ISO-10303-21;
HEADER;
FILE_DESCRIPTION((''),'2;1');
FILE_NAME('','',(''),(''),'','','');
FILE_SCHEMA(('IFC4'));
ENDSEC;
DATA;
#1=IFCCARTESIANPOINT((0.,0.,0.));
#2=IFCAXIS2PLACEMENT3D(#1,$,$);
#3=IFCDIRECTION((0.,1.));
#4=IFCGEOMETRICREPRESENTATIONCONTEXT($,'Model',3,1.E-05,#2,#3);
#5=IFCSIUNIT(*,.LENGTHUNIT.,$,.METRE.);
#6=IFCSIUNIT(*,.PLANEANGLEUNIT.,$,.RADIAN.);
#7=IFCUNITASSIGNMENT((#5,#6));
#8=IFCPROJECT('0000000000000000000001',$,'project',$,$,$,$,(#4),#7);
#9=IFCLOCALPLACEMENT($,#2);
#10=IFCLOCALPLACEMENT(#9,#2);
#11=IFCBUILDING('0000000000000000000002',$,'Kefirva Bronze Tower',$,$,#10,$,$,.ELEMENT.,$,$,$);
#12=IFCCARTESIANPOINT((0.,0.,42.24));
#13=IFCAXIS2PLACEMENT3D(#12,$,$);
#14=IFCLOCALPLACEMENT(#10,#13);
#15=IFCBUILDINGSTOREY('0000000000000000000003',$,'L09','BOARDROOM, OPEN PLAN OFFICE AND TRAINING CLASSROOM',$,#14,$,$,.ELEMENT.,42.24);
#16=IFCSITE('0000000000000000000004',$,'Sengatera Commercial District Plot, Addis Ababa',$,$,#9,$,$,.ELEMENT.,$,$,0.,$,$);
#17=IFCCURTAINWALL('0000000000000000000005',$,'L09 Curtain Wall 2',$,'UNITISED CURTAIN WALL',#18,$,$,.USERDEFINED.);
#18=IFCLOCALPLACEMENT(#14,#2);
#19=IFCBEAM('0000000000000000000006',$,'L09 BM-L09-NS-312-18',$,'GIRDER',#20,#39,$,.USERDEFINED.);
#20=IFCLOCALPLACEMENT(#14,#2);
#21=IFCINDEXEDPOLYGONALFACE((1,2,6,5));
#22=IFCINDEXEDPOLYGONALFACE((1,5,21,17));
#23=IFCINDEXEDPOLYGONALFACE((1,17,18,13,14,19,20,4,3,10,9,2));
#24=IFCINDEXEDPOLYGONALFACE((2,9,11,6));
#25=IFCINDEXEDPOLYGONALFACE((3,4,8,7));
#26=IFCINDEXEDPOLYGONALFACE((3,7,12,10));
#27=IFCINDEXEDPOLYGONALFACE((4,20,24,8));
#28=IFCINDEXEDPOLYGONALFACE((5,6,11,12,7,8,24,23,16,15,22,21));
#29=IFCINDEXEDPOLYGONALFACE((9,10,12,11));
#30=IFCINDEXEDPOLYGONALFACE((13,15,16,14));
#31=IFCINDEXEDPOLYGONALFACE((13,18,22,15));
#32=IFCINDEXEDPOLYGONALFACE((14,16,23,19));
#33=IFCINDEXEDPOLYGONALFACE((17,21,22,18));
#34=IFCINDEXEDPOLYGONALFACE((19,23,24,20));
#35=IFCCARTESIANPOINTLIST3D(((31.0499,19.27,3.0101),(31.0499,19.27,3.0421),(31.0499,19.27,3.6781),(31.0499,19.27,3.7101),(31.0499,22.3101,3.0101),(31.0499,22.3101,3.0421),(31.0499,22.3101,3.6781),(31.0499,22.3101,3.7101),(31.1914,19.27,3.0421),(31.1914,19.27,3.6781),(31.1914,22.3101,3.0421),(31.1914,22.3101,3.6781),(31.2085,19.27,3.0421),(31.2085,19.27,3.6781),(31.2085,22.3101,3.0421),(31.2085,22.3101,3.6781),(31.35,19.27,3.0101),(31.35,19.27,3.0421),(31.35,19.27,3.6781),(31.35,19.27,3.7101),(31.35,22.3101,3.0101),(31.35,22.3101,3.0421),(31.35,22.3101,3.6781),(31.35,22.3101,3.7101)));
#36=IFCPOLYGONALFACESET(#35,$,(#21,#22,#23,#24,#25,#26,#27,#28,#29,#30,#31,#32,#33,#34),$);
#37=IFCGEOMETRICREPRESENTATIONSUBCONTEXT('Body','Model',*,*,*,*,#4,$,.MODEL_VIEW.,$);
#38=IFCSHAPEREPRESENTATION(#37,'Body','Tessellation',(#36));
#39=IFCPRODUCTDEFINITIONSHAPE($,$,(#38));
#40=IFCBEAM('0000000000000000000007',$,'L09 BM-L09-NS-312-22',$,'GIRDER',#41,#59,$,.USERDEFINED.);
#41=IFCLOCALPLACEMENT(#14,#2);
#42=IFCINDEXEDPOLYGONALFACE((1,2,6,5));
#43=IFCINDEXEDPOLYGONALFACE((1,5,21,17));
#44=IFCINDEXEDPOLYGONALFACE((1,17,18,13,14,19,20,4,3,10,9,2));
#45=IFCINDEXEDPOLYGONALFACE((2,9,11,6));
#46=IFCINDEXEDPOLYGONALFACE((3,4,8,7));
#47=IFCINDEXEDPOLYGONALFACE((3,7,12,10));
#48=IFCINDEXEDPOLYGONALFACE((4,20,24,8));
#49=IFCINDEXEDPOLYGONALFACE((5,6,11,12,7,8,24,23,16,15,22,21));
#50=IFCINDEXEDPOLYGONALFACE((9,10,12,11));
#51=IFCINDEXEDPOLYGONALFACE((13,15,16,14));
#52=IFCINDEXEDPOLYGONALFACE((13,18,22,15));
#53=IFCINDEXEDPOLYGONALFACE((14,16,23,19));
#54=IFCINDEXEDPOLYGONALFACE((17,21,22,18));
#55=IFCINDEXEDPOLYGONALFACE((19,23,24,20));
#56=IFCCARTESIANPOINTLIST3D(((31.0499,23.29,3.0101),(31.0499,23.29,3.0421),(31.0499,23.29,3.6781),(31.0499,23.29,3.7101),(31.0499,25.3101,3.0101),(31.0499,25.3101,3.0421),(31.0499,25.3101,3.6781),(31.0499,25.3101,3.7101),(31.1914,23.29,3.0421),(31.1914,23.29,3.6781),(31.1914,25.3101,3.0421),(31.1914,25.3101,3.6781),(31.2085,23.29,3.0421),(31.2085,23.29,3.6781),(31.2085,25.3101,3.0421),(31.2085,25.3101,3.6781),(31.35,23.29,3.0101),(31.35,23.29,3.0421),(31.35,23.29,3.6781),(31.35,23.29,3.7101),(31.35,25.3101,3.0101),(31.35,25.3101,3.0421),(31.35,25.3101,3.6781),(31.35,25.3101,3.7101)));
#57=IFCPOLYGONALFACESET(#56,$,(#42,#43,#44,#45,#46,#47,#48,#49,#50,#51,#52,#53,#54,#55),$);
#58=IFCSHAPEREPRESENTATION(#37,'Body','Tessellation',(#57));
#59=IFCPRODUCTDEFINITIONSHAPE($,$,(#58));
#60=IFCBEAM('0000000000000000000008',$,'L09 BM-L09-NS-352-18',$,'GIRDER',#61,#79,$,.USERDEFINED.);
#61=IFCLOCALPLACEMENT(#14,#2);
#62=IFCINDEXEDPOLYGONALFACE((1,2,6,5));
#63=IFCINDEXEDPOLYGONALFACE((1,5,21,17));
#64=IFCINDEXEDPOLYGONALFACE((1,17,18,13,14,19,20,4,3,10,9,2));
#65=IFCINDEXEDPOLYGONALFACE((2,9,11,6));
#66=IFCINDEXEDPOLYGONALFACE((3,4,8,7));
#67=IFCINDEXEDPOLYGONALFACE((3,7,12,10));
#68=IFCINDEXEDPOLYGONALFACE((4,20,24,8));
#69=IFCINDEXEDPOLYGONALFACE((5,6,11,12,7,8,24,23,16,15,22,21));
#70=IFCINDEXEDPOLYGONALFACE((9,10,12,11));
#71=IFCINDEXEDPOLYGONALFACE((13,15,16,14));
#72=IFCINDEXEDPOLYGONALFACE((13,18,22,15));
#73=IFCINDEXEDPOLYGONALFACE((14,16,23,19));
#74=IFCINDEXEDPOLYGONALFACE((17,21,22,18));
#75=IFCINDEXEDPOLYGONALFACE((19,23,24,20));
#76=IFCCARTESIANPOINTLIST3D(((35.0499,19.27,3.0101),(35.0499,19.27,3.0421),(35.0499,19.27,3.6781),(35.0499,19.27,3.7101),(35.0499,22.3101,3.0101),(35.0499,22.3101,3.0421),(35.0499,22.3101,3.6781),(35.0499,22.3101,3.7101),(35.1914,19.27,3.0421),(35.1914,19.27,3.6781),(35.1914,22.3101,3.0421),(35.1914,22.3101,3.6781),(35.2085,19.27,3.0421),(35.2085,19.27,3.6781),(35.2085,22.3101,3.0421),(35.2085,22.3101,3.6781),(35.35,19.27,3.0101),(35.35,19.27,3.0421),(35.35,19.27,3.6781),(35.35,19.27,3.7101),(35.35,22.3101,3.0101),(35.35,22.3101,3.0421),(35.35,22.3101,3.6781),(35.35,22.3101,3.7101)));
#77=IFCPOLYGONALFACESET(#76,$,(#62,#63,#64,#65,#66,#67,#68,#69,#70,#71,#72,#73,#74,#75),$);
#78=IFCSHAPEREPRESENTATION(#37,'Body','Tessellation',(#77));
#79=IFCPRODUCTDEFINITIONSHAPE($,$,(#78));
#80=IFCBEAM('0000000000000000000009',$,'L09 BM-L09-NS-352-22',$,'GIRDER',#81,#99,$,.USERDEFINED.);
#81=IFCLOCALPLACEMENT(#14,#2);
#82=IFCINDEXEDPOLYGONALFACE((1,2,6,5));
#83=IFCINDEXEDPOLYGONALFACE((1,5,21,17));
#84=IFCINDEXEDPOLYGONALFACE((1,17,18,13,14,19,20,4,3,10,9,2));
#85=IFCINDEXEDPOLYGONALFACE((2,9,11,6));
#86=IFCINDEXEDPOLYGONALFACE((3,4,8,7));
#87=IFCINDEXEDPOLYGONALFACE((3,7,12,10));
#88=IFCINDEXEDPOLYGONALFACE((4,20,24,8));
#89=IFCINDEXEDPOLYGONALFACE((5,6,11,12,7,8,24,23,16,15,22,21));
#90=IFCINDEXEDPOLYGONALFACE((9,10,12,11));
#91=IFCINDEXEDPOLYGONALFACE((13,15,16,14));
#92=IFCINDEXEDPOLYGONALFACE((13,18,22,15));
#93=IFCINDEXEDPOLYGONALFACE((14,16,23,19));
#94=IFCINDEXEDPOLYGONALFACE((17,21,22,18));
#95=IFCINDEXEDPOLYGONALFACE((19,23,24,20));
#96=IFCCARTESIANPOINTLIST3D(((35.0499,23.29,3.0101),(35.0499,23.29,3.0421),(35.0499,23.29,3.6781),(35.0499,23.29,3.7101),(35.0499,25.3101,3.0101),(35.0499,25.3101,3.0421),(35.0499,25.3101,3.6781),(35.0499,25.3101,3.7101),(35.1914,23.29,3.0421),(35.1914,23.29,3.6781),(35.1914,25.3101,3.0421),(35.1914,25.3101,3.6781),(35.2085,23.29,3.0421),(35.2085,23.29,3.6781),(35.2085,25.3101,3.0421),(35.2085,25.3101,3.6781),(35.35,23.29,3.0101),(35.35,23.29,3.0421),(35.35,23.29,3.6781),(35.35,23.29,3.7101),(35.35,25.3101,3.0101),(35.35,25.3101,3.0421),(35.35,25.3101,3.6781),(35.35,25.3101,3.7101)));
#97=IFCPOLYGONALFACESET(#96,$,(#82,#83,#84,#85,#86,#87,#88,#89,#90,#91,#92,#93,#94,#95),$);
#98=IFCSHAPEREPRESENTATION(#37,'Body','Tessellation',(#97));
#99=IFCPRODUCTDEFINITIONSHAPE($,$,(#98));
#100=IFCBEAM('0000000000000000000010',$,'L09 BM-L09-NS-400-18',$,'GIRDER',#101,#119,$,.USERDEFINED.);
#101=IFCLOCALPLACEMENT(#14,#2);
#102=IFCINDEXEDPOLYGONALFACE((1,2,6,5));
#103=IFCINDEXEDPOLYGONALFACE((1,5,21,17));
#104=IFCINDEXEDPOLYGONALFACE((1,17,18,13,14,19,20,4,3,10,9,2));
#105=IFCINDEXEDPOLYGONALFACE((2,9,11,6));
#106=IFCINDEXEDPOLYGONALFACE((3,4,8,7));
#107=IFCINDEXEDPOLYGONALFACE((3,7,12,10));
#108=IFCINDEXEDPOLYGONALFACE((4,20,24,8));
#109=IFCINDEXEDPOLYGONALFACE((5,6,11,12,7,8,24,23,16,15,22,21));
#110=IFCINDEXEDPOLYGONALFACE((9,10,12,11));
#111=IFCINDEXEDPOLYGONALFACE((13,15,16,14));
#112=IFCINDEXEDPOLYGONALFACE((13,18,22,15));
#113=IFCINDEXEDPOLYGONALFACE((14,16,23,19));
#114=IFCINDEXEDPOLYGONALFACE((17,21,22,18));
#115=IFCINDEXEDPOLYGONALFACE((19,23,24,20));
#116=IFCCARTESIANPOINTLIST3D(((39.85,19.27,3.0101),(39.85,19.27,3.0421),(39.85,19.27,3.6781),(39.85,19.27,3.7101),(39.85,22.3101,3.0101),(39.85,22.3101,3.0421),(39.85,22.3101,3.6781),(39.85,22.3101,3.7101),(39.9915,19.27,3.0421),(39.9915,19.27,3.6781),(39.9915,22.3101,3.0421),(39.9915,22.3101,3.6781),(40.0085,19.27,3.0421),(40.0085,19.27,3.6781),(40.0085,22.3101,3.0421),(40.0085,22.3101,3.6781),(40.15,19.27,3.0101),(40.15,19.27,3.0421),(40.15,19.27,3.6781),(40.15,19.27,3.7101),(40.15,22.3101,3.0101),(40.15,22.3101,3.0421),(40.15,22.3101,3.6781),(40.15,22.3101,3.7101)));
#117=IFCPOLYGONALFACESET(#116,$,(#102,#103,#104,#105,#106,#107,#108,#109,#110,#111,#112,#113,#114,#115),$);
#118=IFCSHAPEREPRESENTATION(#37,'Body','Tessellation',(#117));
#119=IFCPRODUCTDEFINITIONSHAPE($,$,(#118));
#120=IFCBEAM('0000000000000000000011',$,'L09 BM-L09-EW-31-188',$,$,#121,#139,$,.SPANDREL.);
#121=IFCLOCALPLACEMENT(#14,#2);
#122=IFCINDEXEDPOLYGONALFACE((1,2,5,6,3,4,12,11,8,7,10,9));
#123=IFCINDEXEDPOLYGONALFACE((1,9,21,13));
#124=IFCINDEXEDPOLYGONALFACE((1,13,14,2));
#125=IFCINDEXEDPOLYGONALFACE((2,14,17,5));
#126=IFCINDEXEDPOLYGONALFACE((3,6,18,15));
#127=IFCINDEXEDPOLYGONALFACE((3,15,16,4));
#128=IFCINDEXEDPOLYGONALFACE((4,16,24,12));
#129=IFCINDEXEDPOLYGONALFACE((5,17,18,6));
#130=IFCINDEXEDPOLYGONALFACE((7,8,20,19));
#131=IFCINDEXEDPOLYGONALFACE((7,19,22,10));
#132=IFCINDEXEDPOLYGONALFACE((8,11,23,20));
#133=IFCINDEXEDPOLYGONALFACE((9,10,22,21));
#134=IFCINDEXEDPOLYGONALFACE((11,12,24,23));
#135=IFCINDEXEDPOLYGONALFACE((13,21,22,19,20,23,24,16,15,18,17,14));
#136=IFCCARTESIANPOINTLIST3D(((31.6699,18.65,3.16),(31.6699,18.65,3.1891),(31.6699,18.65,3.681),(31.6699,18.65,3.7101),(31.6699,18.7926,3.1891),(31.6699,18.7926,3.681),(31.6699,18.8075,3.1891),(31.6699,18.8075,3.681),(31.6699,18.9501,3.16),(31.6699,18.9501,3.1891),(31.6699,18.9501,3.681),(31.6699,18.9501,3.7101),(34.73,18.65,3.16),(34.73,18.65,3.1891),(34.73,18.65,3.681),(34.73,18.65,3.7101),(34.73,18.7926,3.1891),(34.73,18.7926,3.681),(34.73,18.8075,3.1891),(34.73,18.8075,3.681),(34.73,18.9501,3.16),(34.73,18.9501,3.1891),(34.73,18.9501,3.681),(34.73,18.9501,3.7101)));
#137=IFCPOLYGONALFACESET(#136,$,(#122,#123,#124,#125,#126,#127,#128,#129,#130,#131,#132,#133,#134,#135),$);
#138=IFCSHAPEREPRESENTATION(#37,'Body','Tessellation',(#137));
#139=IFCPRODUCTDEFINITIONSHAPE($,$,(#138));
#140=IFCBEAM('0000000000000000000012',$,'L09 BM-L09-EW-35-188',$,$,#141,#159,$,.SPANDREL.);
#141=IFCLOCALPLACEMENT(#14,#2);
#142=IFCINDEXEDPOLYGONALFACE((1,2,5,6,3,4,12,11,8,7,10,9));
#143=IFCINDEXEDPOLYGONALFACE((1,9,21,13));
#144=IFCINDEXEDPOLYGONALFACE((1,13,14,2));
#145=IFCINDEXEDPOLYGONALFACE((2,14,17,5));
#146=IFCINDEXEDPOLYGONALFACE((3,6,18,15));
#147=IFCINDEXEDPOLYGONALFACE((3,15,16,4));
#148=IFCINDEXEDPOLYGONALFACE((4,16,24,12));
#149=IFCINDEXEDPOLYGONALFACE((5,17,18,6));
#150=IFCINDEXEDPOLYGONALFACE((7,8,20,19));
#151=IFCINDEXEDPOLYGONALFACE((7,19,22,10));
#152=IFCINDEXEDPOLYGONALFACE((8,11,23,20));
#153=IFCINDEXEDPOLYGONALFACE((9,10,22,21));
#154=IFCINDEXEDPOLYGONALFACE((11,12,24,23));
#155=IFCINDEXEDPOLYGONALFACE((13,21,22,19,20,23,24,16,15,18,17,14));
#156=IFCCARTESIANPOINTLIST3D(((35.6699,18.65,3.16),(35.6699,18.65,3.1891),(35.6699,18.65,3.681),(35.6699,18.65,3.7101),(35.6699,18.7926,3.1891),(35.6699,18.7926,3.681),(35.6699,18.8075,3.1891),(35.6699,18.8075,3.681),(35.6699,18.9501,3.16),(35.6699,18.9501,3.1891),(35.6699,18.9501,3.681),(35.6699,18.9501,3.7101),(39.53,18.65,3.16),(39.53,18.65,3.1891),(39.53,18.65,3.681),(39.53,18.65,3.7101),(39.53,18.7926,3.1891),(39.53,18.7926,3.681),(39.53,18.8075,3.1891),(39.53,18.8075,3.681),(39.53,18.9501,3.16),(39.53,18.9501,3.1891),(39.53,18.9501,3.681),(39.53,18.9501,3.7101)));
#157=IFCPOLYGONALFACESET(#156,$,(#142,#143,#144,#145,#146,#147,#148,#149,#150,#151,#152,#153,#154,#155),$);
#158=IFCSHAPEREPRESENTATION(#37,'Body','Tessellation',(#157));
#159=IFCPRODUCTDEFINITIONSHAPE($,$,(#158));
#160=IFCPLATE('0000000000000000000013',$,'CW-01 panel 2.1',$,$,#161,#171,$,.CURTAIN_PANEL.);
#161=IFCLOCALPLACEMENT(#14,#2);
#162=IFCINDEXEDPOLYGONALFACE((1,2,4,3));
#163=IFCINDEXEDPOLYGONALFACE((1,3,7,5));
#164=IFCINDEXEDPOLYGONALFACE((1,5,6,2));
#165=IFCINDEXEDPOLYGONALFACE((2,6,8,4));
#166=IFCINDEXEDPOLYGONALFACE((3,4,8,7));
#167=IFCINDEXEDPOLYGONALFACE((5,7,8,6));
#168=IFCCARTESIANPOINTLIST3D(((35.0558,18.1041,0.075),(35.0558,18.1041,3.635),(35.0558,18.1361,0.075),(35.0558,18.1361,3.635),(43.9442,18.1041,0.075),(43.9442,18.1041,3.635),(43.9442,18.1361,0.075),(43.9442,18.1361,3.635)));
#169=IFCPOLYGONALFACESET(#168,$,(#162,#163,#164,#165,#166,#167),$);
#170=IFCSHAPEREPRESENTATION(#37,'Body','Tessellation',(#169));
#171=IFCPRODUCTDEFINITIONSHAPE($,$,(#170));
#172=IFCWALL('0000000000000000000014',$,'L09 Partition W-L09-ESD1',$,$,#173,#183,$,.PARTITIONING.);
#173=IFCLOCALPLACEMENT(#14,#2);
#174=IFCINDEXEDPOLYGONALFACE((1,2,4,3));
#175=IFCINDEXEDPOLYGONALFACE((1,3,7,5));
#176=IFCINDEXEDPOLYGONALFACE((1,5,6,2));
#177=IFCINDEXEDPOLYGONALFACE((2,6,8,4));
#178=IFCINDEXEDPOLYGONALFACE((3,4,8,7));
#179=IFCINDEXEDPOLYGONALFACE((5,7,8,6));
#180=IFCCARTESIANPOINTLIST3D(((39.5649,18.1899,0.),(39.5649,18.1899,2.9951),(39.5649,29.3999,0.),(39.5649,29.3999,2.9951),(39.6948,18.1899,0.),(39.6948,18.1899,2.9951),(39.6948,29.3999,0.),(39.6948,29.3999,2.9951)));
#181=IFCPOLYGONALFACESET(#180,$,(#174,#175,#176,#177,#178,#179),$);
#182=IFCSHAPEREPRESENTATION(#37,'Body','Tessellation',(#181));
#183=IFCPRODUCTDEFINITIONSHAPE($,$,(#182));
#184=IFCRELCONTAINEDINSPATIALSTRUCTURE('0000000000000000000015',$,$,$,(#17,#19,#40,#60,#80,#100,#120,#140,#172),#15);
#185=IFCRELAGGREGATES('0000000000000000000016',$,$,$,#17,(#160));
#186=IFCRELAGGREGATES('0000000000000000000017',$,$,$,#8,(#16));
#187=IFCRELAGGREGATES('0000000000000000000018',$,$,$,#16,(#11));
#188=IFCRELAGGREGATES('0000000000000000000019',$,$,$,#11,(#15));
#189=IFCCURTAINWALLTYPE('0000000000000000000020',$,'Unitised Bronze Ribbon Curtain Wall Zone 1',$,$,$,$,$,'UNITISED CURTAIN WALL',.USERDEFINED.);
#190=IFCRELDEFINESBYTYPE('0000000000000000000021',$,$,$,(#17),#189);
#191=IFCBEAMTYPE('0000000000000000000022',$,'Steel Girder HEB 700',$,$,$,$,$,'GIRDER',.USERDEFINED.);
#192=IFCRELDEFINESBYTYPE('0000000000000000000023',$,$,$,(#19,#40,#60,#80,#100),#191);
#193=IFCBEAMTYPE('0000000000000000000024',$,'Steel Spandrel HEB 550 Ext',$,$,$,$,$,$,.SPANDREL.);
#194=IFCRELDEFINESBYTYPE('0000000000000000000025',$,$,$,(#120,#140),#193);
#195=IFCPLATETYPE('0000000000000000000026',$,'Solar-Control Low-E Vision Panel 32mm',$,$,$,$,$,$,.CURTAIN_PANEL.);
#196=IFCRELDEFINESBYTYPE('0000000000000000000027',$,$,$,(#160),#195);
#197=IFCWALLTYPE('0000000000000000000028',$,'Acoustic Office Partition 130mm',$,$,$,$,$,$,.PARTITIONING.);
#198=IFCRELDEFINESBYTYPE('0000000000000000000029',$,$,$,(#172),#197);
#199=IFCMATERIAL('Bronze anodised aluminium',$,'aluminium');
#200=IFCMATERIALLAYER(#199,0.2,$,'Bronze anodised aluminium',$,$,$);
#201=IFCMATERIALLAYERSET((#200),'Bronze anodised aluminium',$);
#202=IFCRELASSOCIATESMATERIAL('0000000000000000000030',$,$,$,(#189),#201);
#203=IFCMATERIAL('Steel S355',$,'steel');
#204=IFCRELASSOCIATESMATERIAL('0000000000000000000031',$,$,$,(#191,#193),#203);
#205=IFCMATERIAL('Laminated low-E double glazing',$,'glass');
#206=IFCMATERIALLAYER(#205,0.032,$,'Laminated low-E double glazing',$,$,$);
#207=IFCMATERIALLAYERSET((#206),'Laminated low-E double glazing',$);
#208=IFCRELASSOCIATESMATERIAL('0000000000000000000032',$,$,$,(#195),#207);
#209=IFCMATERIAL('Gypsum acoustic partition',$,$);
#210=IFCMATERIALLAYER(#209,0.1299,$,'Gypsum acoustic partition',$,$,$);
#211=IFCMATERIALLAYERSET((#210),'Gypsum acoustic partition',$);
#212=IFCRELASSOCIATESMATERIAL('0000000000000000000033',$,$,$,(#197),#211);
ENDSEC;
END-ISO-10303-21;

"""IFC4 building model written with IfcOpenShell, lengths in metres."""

from ifc_helpers import new_model, si_unit, direction, frame, frame_2d, origin, origin_2d, place, context, subcontext, project, spatial, rectangle, i_section, extrude, material, layer, layer_set, material_profile, profile_set, type_object, element, aggregate, save


model = new_model("IFC4")

# Units and contexts
model_context = context("Model", 3, precision=1e-05, world=origin(), true_north=direction((0.0, 1.0)))
body_context = subcontext(model_context, "Body", "Model", "MODEL_VIEW")
ifc_project = project(units=[si_unit("LENGTHUNIT", "METRE"), si_unit("PLANEANGLEUNIT", "RADIAN")], contexts=[model_context])

# Site, building, storey
site_placement = place(None, origin())
site = spatial("IfcSite", under=ifc_project, at=site_placement, Name="Sengatera Commercial District Plot, Addis Ababa", CompositionType="ELEMENT", RefElevation=0.0)
building_placement = place(site_placement, origin())
building = spatial("IfcBuilding", under=site, at=building_placement, Name="Kefirva Bronze Tower", CompositionType="ELEMENT")
storey_placement = place(building_placement, frame((0.0, 0.0, 42.24)))
storey = spatial("IfcBuildingStorey", under=building, at=storey_placement, Name="L09", Description="BOARDROOM, OPEN PLAN OFFICE AND TRAINING CLASSROOM", CompositionType="ELEMENT", Elevation=42.24)

# Curtain wall
ifc_material_1 = material(Name="Bronze anodised aluminium", Category="aluminium")
ifc_layer_1 = layer(ifc_material_1, 0.2, Name="Bronze anodised aluminium")
ifc_layer_set_1 = layer_set([ifc_layer_1], Name="Bronze anodised aluminium")
curtain_wall_type = type_object("IfcCurtainWallType", Name="Unitised Bronze Ribbon Curtain Wall Zone 1", ElementType="UNITISED CURTAIN WALL", PredefinedType="USERDEFINED", material=ifc_layer_set_1)
curtain_wall_placement = place(storey_placement, origin())
curtain_wall = element("IfcCurtainWall", 1, at=curtain_wall_placement, inside=storey, type_object=curtain_wall_type, Name="L09 Curtain Wall 2", ObjectType="UNITISED CURTAIN WALL", PredefinedType="USERDEFINED")

# Beams
ifc_material_2 = material(Name="Steel S355", Category="steel")
ifc_material_profile_1 = material_profile(ifc_material_2, i_section(OverallWidth=0.3, OverallDepth=0.7, WebThickness=0.0171, FlangeThickness=0.032, at=origin_2d()), Name="HEB 700")
ifc_profile_set_1 = profile_set([ifc_material_profile_1], Name="Steel S355")
beam_type_1 = type_object("IfcBeamType", Name="Steel Girder HEB 700", ElementType="GIRDER", PredefinedType="USERDEFINED", material=ifc_profile_set_1)
beam_1_placement = place(storey_placement, frame((31.2, 19.27, 3.3601), z_axis=(0.0, 1.0, 0.0), x_axis=(-1.0, 0.0, 0.0)))
element("IfcBeam", 2, at=beam_1_placement, inside=storey, type_object=beam_type_1, Name="L09 BM-L09-NS-312-18", ObjectType="GIRDER", PredefinedType="USERDEFINED", context=body_context, shape_type="SweptSolid", body=[
    extrude(i_section(OverallWidth=0.3, OverallDepth=0.7, WebThickness=0.0171, FlangeThickness=0.032, at=origin_2d()), origin(), (0.0, 0.0, 1.0), 3.04),
])
beam_2_placement = place(storey_placement, frame((31.2, 23.29, 3.3601), z_axis=(0.0, 1.0, 0.0), x_axis=(-1.0, 0.0, 0.0)))
element("IfcBeam", 3, at=beam_2_placement, inside=storey, type_object=beam_type_1, Name="L09 BM-L09-NS-312-22", ObjectType="GIRDER", PredefinedType="USERDEFINED", context=body_context, shape_type="SweptSolid", body=[
    extrude(i_section(OverallWidth=0.3, OverallDepth=0.7, WebThickness=0.0171, FlangeThickness=0.032, at=origin_2d()), origin(), (0.0, 0.0, 1.0), 2.02),
])
beam_3_placement = place(storey_placement, frame((35.2, 19.27, 3.3601), z_axis=(0.0, 1.0, 0.0), x_axis=(-1.0, 0.0, 0.0)))
element("IfcBeam", 4, at=beam_3_placement, inside=storey, type_object=beam_type_1, Name="L09 BM-L09-NS-352-18", ObjectType="GIRDER", PredefinedType="USERDEFINED", context=body_context, shape_type="SweptSolid", body=[
    extrude(i_section(OverallWidth=0.3, OverallDepth=0.7, WebThickness=0.0171, FlangeThickness=0.032, at=origin_2d()), origin(), (0.0, 0.0, 1.0), 3.04),
])
beam_4_placement = place(storey_placement, frame((35.2, 23.29, 3.3601), z_axis=(0.0, 1.0, 0.0), x_axis=(-1.0, 0.0, 0.0)))
element("IfcBeam", 5, at=beam_4_placement, inside=storey, type_object=beam_type_1, Name="L09 BM-L09-NS-352-22", ObjectType="GIRDER", PredefinedType="USERDEFINED", context=body_context, shape_type="SweptSolid", body=[
    extrude(i_section(OverallWidth=0.3, OverallDepth=0.7, WebThickness=0.0171, FlangeThickness=0.032, at=origin_2d()), origin(), (0.0, 0.0, 1.0), 2.02),
])
beam_5_placement = place(storey_placement, frame((40.0, 19.27, 3.3601), z_axis=(0.0, 1.0, 0.0), x_axis=(-1.0, 0.0, 0.0)))
element("IfcBeam", 6, at=beam_5_placement, inside=storey, type_object=beam_type_1, Name="L09 BM-L09-NS-400-18", ObjectType="GIRDER", PredefinedType="USERDEFINED", context=body_context, shape_type="SweptSolid", body=[
    extrude(i_section(OverallWidth=0.3, OverallDepth=0.7, WebThickness=0.0171, FlangeThickness=0.032, at=origin_2d()), origin(), (0.0, 0.0, 1.0), 3.04),
])
ifc_material_profile_2 = material_profile(ifc_material_2, i_section(OverallWidth=0.3, OverallDepth=0.55, WebThickness=0.0149, FlangeThickness=0.0291, at=origin_2d()), Name="HEB 550")
ifc_profile_set_2 = profile_set([ifc_material_profile_2], Name="Steel S355")
beam_type_2 = type_object("IfcBeamType", Name="Steel Spandrel HEB 550 Ext", PredefinedType="SPANDREL", material=ifc_profile_set_2)
beam_6_placement = place(storey_placement, frame((31.6699, 18.8, 3.4351), z_axis=(1.0, 0.0, 0.0), x_axis=(0.0, 1.0, 0.0)))
element("IfcBeam", 7, at=beam_6_placement, inside=storey, type_object=beam_type_2, Name="L09 BM-L09-EW-31-188", PredefinedType="SPANDREL", context=body_context, shape_type="SweptSolid", body=[
    extrude(i_section(OverallWidth=0.3, OverallDepth=0.55, WebThickness=0.0149, FlangeThickness=0.0291, at=origin_2d()), origin(), (0.0, 0.0, 1.0), 3.0601),
])
beam_7_placement = place(storey_placement, frame((35.6699, 18.8, 3.4351), z_axis=(1.0, 0.0, 0.0), x_axis=(0.0, 1.0, 0.0)))
element("IfcBeam", 8, at=beam_7_placement, inside=storey, type_object=beam_type_2, Name="L09 BM-L09-EW-35-188", PredefinedType="SPANDREL", context=body_context, shape_type="SweptSolid", body=[
    extrude(i_section(OverallWidth=0.3, OverallDepth=0.55, WebThickness=0.0149, FlangeThickness=0.0291, at=origin_2d()), origin(), (0.0, 0.0, 1.0), 3.8601),
])

# Plate
ifc_material_3 = material(Name="Laminated low-E double glazing", Category="glass")
ifc_layer_2 = layer(ifc_material_3, 0.032, Name="Laminated low-E double glazing")
ifc_layer_set_2 = layer_set([ifc_layer_2], Name="Laminated low-E double glazing")
plate_type = type_object("IfcPlateType", Name="Solar-Control Low-E Vision Panel 32mm", PredefinedType="CURTAIN_PANEL", material=ifc_layer_set_2)
plate_placement = place(storey_placement, frame((39.5, 18.1201, 0.075), z_axis=(0.0, 0.0, 1.0), x_axis=(1.0, 0.0, 0.0)))
plate = element("IfcPlate", 9, at=plate_placement, type_object=plate_type, Name="CW-01 panel 2.1", PredefinedType="CURTAIN_PANEL", context=body_context, shape_type="SweptSolid", body=[
    extrude(rectangle(XDim=8.8884, YDim=0.032, at=origin_2d()), origin(), (0.0, 0.0, 1.0), 3.5601),
])
aggregate(curtain_wall, [plate])

# Wall
ifc_material_4 = material(Name="Gypsum acoustic partition")
ifc_layer_3 = layer(ifc_material_4, 0.1299, Name="Gypsum acoustic partition")
ifc_layer_set_3 = layer_set([ifc_layer_3], Name="Gypsum acoustic partition")
wall_type = type_object("IfcWallType", Name="Acoustic Office Partition 130mm", PredefinedType="PARTITIONING", material=ifc_layer_set_3)
wall_placement = place(storey_placement, frame((39.6299, 18.1899, 0.0), z_axis=(0.0, 0.0, 1.0), x_axis=(0.0, 1.0, 0.0)))
element("IfcWall", 10, at=wall_placement, inside=storey, type_object=wall_type, Name="L09 Partition W-L09-ESD1", PredefinedType="PARTITIONING", context=body_context, shape_type="SweptSolid", body=[
    extrude(rectangle(XDim=11.21, YDim=0.1299, at=frame_2d((5.605, 0.0))), origin(), (0.0, 0.0, 1.0), 2.9951),
])

save(model, "model.ifc")
